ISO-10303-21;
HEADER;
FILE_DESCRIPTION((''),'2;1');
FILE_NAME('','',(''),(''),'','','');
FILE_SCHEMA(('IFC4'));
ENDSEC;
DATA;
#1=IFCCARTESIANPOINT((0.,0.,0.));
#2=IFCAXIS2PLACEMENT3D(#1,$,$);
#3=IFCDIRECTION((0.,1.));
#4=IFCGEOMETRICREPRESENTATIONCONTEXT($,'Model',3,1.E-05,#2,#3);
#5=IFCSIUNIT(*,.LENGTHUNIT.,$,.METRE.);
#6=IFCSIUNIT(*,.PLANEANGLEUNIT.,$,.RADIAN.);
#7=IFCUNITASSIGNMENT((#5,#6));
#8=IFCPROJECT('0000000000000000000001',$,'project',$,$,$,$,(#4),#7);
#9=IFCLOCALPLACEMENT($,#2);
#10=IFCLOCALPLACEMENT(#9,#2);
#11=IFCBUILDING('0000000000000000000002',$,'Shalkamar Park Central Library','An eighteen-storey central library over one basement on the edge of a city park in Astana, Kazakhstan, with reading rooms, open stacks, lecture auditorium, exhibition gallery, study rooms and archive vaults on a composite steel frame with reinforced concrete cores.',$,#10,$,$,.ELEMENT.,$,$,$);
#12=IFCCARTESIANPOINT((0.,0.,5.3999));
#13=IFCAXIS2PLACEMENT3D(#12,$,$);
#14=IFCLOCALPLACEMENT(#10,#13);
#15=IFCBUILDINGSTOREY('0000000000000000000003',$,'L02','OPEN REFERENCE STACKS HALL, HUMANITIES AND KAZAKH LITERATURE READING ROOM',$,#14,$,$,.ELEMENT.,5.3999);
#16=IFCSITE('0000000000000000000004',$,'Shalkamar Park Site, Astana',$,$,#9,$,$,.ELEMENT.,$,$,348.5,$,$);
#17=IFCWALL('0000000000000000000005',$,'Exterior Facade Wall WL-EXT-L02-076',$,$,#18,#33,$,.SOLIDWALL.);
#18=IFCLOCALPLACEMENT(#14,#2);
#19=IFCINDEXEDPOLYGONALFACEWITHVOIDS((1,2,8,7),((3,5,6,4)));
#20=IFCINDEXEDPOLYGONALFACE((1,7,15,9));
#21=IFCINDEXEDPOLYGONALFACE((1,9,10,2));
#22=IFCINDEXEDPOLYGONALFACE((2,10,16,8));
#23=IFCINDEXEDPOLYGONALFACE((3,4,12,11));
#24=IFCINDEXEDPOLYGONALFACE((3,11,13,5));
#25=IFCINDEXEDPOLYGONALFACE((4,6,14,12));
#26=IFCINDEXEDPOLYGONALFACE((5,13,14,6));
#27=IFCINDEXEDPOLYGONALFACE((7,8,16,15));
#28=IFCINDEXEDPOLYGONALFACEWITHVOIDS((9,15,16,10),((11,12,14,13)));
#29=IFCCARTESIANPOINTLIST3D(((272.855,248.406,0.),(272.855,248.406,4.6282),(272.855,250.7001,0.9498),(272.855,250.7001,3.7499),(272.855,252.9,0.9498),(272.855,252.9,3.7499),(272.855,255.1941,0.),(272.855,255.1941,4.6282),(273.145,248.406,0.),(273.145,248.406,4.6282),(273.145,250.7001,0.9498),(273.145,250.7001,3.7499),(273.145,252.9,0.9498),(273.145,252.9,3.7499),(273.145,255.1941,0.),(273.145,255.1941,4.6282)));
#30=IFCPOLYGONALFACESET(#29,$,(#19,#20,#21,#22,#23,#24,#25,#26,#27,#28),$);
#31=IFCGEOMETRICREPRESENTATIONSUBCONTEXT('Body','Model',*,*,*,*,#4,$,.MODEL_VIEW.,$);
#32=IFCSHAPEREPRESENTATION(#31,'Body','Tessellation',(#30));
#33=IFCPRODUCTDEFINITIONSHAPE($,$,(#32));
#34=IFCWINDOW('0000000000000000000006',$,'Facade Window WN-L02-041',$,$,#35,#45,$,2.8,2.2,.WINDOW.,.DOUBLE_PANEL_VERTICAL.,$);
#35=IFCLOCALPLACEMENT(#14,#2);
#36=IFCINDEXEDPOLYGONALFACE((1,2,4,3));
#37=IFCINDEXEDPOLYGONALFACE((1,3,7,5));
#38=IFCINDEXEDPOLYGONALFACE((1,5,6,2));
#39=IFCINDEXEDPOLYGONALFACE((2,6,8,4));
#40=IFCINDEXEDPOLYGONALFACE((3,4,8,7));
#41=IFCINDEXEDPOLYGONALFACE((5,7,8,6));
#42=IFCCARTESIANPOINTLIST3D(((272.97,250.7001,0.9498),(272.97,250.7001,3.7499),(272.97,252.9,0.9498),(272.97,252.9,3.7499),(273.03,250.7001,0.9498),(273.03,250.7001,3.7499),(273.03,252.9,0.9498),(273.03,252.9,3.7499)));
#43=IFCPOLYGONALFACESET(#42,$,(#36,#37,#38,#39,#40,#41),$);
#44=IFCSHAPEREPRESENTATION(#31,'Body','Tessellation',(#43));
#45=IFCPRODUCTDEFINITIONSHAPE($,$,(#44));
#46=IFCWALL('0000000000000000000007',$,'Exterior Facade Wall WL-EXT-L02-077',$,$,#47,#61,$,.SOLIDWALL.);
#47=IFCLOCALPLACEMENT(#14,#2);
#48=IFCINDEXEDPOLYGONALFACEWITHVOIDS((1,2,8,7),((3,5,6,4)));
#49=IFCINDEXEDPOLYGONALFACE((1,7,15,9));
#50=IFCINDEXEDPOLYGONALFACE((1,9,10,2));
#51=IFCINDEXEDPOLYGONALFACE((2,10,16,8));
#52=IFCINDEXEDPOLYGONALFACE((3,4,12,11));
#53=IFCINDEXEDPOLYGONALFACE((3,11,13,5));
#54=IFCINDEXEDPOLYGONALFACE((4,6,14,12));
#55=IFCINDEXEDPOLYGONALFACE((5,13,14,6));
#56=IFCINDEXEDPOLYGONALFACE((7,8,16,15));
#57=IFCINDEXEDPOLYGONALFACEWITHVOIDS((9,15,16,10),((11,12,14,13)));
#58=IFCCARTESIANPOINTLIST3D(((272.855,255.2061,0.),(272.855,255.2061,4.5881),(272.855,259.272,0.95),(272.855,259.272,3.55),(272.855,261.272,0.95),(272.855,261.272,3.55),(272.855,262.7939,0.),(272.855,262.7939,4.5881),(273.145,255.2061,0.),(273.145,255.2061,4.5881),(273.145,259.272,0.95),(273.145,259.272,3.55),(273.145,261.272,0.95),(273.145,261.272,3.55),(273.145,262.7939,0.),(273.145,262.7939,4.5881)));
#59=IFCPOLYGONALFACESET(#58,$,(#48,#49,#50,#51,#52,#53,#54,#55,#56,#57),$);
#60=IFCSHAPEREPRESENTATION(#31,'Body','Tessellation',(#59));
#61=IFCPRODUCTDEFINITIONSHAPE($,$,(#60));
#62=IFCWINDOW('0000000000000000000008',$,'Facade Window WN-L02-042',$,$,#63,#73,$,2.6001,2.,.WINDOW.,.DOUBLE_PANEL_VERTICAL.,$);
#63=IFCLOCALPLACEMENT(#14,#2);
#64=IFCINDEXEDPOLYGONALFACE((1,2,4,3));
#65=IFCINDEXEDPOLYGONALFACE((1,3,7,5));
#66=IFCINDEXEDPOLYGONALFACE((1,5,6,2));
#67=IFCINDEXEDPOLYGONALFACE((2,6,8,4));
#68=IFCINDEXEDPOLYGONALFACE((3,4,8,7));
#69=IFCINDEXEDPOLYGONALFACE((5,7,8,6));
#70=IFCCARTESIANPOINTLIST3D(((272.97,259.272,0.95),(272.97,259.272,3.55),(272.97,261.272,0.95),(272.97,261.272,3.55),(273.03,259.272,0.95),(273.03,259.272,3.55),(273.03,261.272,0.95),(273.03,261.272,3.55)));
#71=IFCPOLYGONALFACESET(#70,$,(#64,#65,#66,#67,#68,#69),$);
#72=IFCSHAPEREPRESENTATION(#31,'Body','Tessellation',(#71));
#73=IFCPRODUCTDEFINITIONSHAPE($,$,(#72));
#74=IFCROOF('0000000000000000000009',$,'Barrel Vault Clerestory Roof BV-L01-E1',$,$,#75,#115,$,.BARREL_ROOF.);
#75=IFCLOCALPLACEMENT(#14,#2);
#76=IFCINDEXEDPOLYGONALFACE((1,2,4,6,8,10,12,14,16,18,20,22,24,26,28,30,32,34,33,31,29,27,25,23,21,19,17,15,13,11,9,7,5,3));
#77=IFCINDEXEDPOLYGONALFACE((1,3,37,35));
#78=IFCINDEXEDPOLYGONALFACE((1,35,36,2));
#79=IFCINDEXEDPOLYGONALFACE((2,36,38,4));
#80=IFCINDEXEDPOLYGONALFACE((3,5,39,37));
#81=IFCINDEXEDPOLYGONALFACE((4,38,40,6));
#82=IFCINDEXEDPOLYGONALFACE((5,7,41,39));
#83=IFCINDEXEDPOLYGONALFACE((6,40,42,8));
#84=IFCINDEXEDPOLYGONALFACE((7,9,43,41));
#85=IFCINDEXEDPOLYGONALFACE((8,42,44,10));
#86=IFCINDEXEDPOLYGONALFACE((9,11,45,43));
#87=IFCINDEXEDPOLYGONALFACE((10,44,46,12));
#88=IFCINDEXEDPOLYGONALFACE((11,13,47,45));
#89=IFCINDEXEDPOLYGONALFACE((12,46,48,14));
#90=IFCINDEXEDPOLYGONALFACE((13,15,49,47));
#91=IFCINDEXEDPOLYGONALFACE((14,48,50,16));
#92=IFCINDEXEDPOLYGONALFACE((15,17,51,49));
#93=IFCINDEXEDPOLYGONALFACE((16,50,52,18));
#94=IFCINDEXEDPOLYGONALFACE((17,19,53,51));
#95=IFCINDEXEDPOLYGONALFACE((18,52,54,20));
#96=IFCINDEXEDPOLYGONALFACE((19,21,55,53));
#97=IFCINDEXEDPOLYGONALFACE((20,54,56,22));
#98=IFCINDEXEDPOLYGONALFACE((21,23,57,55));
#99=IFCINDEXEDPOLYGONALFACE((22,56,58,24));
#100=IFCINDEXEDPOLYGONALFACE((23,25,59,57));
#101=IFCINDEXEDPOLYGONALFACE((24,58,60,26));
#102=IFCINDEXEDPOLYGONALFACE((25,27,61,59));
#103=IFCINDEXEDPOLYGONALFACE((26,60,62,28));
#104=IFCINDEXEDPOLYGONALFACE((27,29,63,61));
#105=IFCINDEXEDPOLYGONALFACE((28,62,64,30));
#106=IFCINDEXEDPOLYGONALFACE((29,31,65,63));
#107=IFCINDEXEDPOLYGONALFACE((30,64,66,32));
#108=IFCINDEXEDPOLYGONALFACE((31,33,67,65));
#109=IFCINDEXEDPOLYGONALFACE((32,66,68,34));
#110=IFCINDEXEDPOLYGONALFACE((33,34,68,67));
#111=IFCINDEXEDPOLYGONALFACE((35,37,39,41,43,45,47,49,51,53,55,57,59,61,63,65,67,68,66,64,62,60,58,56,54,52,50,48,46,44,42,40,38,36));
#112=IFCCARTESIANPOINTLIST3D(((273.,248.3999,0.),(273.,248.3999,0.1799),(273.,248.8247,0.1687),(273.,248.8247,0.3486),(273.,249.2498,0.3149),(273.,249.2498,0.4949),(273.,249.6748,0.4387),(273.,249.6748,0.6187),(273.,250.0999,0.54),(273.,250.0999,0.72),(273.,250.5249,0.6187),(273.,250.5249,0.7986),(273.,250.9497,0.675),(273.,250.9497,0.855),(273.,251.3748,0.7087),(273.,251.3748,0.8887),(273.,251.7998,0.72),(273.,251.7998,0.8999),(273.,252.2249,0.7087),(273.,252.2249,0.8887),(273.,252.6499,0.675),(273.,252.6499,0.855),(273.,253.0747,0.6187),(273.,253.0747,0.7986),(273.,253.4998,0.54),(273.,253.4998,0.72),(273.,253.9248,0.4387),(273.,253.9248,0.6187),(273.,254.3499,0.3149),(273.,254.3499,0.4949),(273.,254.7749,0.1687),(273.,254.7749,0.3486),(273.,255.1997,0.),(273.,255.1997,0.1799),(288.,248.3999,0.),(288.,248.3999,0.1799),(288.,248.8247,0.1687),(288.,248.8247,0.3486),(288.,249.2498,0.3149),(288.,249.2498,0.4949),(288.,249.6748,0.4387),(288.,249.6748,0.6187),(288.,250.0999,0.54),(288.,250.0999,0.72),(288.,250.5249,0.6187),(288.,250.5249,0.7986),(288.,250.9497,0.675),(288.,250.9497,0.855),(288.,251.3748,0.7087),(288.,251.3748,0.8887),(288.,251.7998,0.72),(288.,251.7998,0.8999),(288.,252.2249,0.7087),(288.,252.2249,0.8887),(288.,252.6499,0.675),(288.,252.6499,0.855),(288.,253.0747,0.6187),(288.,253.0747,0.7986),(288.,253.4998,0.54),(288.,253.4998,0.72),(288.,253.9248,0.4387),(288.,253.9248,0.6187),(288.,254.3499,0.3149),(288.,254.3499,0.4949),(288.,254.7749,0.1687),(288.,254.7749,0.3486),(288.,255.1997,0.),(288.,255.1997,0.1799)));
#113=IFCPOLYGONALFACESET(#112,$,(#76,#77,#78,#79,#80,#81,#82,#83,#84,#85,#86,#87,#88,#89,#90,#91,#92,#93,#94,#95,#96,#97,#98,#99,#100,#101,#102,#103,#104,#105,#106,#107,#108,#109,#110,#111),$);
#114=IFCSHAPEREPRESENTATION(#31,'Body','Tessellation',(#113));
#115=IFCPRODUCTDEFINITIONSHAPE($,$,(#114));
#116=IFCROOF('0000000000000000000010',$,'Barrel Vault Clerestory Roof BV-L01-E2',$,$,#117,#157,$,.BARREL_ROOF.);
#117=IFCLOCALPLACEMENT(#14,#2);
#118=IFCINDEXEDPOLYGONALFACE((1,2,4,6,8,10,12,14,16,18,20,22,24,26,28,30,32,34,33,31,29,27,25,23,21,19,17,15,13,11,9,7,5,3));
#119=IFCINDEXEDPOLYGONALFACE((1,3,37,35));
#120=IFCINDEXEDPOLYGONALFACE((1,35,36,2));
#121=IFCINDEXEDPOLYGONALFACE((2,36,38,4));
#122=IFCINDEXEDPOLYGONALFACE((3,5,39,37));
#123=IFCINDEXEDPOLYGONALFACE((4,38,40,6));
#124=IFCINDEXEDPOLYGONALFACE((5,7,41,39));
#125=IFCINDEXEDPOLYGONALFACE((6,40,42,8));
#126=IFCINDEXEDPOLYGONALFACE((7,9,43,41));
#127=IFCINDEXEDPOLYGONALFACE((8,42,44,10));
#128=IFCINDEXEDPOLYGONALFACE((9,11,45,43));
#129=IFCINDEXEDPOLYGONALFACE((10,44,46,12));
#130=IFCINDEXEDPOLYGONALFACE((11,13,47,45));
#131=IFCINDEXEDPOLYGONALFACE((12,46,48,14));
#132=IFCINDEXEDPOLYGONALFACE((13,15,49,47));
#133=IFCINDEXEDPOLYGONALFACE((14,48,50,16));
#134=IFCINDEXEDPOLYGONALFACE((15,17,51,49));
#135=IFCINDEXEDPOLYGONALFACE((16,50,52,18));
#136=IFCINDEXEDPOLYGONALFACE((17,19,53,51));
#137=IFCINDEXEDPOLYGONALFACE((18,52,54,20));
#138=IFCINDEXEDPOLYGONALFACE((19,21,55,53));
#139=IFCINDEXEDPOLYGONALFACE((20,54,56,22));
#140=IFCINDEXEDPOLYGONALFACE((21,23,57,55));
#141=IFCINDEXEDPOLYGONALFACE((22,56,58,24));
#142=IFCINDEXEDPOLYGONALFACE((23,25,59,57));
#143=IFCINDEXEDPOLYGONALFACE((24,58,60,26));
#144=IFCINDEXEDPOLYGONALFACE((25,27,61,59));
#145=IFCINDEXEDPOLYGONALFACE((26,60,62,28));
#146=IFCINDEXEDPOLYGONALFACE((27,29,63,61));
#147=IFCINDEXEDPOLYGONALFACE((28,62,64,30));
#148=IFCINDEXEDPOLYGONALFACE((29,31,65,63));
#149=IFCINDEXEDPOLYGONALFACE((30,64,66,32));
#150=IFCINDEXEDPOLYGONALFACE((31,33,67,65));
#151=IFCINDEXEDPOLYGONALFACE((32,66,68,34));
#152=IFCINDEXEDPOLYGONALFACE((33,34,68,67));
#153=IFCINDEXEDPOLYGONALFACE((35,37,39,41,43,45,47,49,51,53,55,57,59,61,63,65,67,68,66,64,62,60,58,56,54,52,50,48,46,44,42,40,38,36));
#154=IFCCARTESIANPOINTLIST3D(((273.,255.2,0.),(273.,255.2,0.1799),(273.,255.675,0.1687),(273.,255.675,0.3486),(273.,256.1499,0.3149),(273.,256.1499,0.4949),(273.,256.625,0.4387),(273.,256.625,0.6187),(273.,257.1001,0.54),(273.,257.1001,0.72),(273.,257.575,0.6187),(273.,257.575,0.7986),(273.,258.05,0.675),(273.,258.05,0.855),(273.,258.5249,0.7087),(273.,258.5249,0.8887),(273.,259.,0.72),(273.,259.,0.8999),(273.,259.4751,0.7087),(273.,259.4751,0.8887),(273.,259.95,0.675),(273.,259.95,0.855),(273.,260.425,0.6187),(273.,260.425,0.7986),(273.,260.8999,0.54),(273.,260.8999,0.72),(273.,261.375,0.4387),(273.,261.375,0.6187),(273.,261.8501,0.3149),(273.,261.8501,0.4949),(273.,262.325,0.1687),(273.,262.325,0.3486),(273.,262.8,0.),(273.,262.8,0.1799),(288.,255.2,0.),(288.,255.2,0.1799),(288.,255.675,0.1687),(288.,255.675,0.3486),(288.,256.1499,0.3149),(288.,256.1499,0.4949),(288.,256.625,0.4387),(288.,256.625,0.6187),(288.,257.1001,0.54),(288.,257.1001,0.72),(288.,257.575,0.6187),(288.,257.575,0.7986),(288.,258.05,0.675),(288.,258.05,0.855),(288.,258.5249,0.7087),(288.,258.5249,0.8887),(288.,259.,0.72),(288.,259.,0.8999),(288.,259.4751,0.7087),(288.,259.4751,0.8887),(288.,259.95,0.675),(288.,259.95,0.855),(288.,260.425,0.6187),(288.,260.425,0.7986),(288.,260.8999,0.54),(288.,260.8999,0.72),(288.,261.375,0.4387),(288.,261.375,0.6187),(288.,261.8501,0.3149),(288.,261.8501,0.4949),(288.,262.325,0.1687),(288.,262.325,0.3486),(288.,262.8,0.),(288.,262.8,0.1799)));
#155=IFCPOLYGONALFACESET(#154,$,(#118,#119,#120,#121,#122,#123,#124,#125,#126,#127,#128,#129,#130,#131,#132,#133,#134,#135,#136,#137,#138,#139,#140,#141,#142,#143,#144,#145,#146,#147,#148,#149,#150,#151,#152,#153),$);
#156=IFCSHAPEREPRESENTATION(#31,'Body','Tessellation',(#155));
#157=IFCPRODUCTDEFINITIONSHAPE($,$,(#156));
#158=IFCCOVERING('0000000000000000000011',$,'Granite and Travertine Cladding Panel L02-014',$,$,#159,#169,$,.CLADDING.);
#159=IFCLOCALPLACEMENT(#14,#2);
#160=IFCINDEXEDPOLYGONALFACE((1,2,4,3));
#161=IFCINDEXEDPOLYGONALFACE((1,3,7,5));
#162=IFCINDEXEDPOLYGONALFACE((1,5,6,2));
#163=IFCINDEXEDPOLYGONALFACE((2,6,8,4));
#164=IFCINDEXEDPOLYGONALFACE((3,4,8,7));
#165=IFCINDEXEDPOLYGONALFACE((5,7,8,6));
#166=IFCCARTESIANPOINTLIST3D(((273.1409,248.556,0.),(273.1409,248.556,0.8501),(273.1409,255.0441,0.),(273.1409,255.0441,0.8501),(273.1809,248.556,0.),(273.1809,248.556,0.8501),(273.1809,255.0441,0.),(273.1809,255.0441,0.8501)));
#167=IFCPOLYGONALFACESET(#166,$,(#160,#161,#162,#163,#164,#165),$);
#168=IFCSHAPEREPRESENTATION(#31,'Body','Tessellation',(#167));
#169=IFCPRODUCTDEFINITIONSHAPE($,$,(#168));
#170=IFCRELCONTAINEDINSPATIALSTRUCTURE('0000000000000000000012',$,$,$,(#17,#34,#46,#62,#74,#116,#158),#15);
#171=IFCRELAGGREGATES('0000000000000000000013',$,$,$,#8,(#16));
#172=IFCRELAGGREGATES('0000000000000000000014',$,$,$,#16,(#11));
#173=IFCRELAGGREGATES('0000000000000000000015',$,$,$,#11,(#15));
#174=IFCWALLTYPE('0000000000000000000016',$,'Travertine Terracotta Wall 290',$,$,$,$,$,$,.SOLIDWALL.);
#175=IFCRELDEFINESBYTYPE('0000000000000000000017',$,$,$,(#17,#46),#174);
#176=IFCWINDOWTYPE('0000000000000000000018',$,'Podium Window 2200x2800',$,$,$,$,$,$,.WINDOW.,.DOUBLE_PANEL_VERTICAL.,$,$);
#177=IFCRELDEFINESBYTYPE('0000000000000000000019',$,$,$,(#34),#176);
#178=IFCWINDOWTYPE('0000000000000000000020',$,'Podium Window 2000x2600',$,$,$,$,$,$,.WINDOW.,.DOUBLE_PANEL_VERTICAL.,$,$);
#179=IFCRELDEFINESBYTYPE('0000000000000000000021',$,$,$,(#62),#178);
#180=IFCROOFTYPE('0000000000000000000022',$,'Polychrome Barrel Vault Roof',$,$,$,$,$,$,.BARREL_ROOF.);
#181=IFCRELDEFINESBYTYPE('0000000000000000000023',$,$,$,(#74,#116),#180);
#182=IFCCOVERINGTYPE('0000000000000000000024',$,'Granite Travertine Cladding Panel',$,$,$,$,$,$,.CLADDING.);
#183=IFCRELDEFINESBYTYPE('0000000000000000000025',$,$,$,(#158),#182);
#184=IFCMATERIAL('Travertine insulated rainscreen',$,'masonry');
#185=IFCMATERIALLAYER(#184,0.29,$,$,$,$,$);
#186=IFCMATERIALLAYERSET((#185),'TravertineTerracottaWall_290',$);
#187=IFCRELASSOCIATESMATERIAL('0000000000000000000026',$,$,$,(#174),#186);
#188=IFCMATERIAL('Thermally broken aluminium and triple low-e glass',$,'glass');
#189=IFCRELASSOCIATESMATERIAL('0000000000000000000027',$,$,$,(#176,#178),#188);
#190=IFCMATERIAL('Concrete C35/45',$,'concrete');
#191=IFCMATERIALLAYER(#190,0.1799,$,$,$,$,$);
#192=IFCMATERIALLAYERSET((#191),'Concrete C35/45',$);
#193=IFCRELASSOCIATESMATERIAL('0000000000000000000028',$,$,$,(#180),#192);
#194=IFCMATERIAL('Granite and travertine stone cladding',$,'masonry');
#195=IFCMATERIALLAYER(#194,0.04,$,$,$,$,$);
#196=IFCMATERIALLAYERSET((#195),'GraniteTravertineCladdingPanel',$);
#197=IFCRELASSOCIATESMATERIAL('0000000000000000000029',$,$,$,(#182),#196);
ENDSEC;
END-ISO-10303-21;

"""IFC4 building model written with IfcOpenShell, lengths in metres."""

from ifc_helpers import new_model, si_unit, direction, frame, frame_2d, origin, origin_2d, place, context, subcontext, project, spatial, polyline, rectangle, outline, extrude, material, layer, layer_set, type_object, element, fill, save


model = new_model("IFC4")

# Units and contexts
model_context = context("Model", 3, precision=1e-05, world=origin(), true_north=direction((0.0, 1.0)))
body_context = subcontext(model_context, "Body", "Model", "MODEL_VIEW")
ifc_project = project(units=[si_unit("LENGTHUNIT", "METRE"), si_unit("PLANEANGLEUNIT", "RADIAN")], contexts=[model_context])

# Site, building, storey
site_placement = place(None, origin())
site = spatial("IfcSite", under=ifc_project, at=site_placement, Name="Shalkamar Park Site, Astana", CompositionType="ELEMENT", RefElevation=348.5)
building_placement = place(site_placement, origin())
building = spatial("IfcBuilding", under=site, at=building_placement, Name="Shalkamar Park Central Library", Description="An eighteen-storey central library over one basement on the edge of a city park in Astana, Kazakhstan, with reading rooms, open stacks, lecture auditorium, exhibition gallery, study rooms and archive vaults on a composite steel frame with reinforced concrete cores.", CompositionType="ELEMENT")
storey_placement = place(building_placement, frame((0.0, 0.0, 5.3999)))
storey = spatial("IfcBuildingStorey", under=building, at=storey_placement, Name="L02", Description="OPEN REFERENCE STACKS HALL, HUMANITIES AND KAZAKH LITERATURE READING ROOM", CompositionType="ELEMENT", Elevation=5.3999)

# Walls, openings, windows
ifc_material_1 = material(Name="Travertine insulated rainscreen", Category="masonry")
ifc_layer_1 = layer(ifc_material_1, 0.29)
ifc_layer_set_1 = layer_set([ifc_layer_1], Name="TravertineTerracottaWall_290")
wall_type = type_object("IfcWallType", Name="Travertine Terracotta Wall 290", PredefinedType="SOLIDWALL", material=ifc_layer_set_1)
wall_1_placement = place(storey_placement, frame((273.0, 248.406, 0.0), z_axis=(0.0, 0.0, 1.0), x_axis=(0.0, 1.0, 0.0)))
wall_1 = element("IfcWall", 1, at=wall_1_placement, inside=storey, type_object=wall_type, Name="Exterior Facade Wall WL-EXT-L02-076", PredefinedType="SOLIDWALL", context=body_context, shape_type="SweptSolid", body=[
    extrude(rectangle(XDim=6.7881, YDim=0.29, at=frame_2d((3.394, 0.0))), origin(), (0.0, 0.0, 1.0), 4.6282),
])
opening_1_placement = place(wall_1_placement, frame((2.2939, 0.0, 0.95)))
opening_1 = element("IfcOpeningElement", 2, at=opening_1_placement, cuts=wall_1, PredefinedType="OPENING", context=body_context, shape_type="SweptSolid", body=[
    extrude(rectangle(XDim=2.2, YDim=2.8, at=frame_2d((1.1001, 1.3999))), frame((0.0, 0.1599, 0.0), z_axis=(0.0, -1.0, 0.0), x_axis=(1.0, 0.0, 0.0)), (0.0, 0.0, 1.0), 0.3198),
])
ifc_material_2 = material(Name="Thermally broken aluminium and triple low-e glass", Category="glass")
window_type_1 = type_object("IfcWindowType", Name="Podium Window 2200x2800", PartitioningType="DOUBLE_PANEL_VERTICAL", PredefinedType="WINDOW", material=ifc_material_2)
window_1_placement = place(opening_1_placement, origin())
window_1 = element("IfcWindow", 3, at=window_1_placement, inside=storey, type_object=window_type_1, Name="Facade Window WN-L02-041", OverallHeight=2.8, OverallWidth=2.2, PartitioningType="DOUBLE_PANEL_VERTICAL", PredefinedType="WINDOW", context=body_context, shape_type="SweptSolid", body=[
    extrude(rectangle(XDim=2.2, YDim=2.8, at=frame_2d((1.1001, 1.3999))), frame((0.0, 0.03, 0.0), z_axis=(0.0, -1.0, 0.0), x_axis=(1.0, 0.0, 0.0)), (0.0, 0.0, 1.0), 0.0601),
])
fill(opening_1, window_1)
wall_2_placement = place(storey_placement, frame((273.0, 255.2061, 0.0), z_axis=(0.0, 0.0, 1.0), x_axis=(0.0, 1.0, 0.0)))
wall_2 = element("IfcWall", 4, at=wall_2_placement, inside=storey, type_object=wall_type, Name="Exterior Facade Wall WL-EXT-L02-077", PredefinedType="SOLIDWALL", context=body_context, shape_type="SweptSolid", body=[
    extrude(rectangle(XDim=7.5879, YDim=0.29, at=frame_2d((3.7939, 0.0))), origin(), (0.0, 0.0, 1.0), 4.5881),
])
opening_2_placement = place(wall_2_placement, frame((4.0659, 0.0, 0.95)))
opening_2 = element("IfcOpeningElement", 5, at=opening_2_placement, cuts=wall_2, PredefinedType="OPENING", context=body_context, shape_type="SweptSolid", body=[
    extrude(rectangle(XDim=2.0, YDim=2.6001, at=frame_2d((1.0, 1.3))), frame((0.0, 0.1599, 0.0), z_axis=(0.0, -1.0, 0.0), x_axis=(1.0, 0.0, 0.0)), (0.0, 0.0, 1.0), 0.3198),
])
window_type_2 = type_object("IfcWindowType", Name="Podium Window 2000x2600", PartitioningType="DOUBLE_PANEL_VERTICAL", PredefinedType="WINDOW", material=ifc_material_2)
window_2_placement = place(opening_2_placement, origin())
window_2 = element("IfcWindow", 6, at=window_2_placement, inside=storey, type_object=window_type_2, Name="Facade Window WN-L02-042", OverallHeight=2.6001, OverallWidth=2.0, PartitioningType="DOUBLE_PANEL_VERTICAL", PredefinedType="WINDOW", context=body_context, shape_type="SweptSolid", body=[
    extrude(rectangle(XDim=2.0, YDim=2.6001, at=frame_2d((1.0, 1.3))), frame((0.0, 0.03, 0.0), z_axis=(0.0, -1.0, 0.0), x_axis=(1.0, 0.0, 0.0)), (0.0, 0.0, 1.0), 0.0601),
])
fill(opening_2, window_2)

# Roofs
ifc_material_3 = material(Name="Concrete C35/45", Category="concrete")
ifc_layer_2 = layer(ifc_material_3, 0.1799)
ifc_layer_set_2 = layer_set([ifc_layer_2], Name="Concrete C35/45")
roof_type = type_object("IfcRoofType", Name="Polychrome Barrel Vault Roof", PredefinedType="BARREL_ROOF", material=ifc_layer_set_2)
roof_1_placement = place(storey_placement, frame((273.0, 251.7998, 0.0), z_axis=(0.0, 0.0, 1.0), x_axis=(1.0, 0.0, 0.0)))
element("IfcRoof", 7, at=roof_1_placement, inside=storey, type_object=roof_type, Name="Barrel Vault Clerestory Roof BV-L01-E1", PredefinedType="BARREL_ROOF", context=body_context, shape_type="SweptSolid", body=[
    extrude(outline(polyline([(-3.3999, 0.1799), (-2.9751, 0.3486), (-2.55, 0.4949), (-2.125, 0.6187), (-1.7, 0.72), (-1.2749, 0.7986), (-0.8501, 0.855), (-0.425, 0.8887), (0.0, 0.8999), (0.425, 0.8887), (0.8501, 0.855), (1.2749, 0.7986), (1.7, 0.72), (2.125, 0.6187), (2.55, 0.4949), (2.9751, 0.3486), (3.3999, 0.1799), (3.3999, 0.0), (2.9751, 0.1687), (2.55, 0.3149), (2.125, 0.4387), (1.7, 0.54), (1.2749, 0.6187), (0.8501, 0.675), (0.425, 0.7087), (0.0, 0.72), (-0.425, 0.7087), (-0.8501, 0.675), (-1.2749, 0.6187), (-1.7, 0.54), (-2.125, 0.4387), (-2.55, 0.3149), (-2.9751, 0.1687), (-3.3999, 0.0), (-3.3999, 0.1799)])), frame((0.0, 0.0, 0.0), z_axis=(1.0, 0.0, 0.0), x_axis=(0.0, 1.0, 0.0)), (0.0, 0.0, 1.0), 15.0),
])
roof_2_placement = place(storey_placement, frame((273.0, 259.0, 0.0), z_axis=(0.0, 0.0, 1.0), x_axis=(1.0, 0.0, 0.0)))
element("IfcRoof", 8, at=roof_2_placement, inside=storey, type_object=roof_type, Name="Barrel Vault Clerestory Roof BV-L01-E2", PredefinedType="BARREL_ROOF", context=body_context, shape_type="SweptSolid", body=[
    extrude(outline(polyline([(-3.8, 0.1799), (-3.325, 0.3486), (-2.8501, 0.4949), (-2.375, 0.6187), (-1.8999, 0.72), (-1.425, 0.7986), (-0.95, 0.855), (-0.4751, 0.8887), (0.0, 0.8999), (0.4751, 0.8887), (0.95, 0.855), (1.425, 0.7986), (1.8999, 0.72), (2.375, 0.6187), (2.8501, 0.4949), (3.325, 0.3486), (3.8, 0.1799), (3.8, 0.0), (3.325, 0.1687), (2.8501, 0.3149), (2.375, 0.4387), (1.8999, 0.54), (1.425, 0.6187), (0.95, 0.675), (0.4751, 0.7087), (0.0, 0.72), (-0.4751, 0.7087), (-0.95, 0.675), (-1.425, 0.6187), (-1.8999, 0.54), (-2.375, 0.4387), (-2.8501, 0.3149), (-3.325, 0.1687), (-3.8, 0.0), (-3.8, 0.1799)])), frame((0.0, 0.0, 0.0), z_axis=(1.0, 0.0, 0.0), x_axis=(0.0, 1.0, 0.0)), (0.0, 0.0, 1.0), 15.0),
])

# Covering
ifc_material_4 = material(Name="Granite and travertine stone cladding", Category="masonry")
ifc_layer_3 = layer(ifc_material_4, 0.04)
ifc_layer_set_3 = layer_set([ifc_layer_3], Name="GraniteTravertineCladdingPanel")
covering_type = type_object("IfcCoveringType", Name="Granite Travertine Cladding Panel", PredefinedType="CLADDING", material=ifc_layer_set_3)
covering_placement = place(storey_placement, frame((273.1609, 251.8, 0.0), z_axis=(0.0, 0.0, 1.0), x_axis=(1.0, 0.0, 0.0)))
element("IfcCovering", 9, at=covering_placement, inside=storey, type_object=covering_type, Name="Granite and Travertine Cladding Panel L02-014", PredefinedType="CLADDING", context=body_context, shape_type="SweptSolid", body=[
    extrude(rectangle(XDim=0.04, YDim=6.488, at=origin_2d()), origin(), (0.0, 0.0, 1.0), 0.8501),
])

save(model, "model.ifc")
